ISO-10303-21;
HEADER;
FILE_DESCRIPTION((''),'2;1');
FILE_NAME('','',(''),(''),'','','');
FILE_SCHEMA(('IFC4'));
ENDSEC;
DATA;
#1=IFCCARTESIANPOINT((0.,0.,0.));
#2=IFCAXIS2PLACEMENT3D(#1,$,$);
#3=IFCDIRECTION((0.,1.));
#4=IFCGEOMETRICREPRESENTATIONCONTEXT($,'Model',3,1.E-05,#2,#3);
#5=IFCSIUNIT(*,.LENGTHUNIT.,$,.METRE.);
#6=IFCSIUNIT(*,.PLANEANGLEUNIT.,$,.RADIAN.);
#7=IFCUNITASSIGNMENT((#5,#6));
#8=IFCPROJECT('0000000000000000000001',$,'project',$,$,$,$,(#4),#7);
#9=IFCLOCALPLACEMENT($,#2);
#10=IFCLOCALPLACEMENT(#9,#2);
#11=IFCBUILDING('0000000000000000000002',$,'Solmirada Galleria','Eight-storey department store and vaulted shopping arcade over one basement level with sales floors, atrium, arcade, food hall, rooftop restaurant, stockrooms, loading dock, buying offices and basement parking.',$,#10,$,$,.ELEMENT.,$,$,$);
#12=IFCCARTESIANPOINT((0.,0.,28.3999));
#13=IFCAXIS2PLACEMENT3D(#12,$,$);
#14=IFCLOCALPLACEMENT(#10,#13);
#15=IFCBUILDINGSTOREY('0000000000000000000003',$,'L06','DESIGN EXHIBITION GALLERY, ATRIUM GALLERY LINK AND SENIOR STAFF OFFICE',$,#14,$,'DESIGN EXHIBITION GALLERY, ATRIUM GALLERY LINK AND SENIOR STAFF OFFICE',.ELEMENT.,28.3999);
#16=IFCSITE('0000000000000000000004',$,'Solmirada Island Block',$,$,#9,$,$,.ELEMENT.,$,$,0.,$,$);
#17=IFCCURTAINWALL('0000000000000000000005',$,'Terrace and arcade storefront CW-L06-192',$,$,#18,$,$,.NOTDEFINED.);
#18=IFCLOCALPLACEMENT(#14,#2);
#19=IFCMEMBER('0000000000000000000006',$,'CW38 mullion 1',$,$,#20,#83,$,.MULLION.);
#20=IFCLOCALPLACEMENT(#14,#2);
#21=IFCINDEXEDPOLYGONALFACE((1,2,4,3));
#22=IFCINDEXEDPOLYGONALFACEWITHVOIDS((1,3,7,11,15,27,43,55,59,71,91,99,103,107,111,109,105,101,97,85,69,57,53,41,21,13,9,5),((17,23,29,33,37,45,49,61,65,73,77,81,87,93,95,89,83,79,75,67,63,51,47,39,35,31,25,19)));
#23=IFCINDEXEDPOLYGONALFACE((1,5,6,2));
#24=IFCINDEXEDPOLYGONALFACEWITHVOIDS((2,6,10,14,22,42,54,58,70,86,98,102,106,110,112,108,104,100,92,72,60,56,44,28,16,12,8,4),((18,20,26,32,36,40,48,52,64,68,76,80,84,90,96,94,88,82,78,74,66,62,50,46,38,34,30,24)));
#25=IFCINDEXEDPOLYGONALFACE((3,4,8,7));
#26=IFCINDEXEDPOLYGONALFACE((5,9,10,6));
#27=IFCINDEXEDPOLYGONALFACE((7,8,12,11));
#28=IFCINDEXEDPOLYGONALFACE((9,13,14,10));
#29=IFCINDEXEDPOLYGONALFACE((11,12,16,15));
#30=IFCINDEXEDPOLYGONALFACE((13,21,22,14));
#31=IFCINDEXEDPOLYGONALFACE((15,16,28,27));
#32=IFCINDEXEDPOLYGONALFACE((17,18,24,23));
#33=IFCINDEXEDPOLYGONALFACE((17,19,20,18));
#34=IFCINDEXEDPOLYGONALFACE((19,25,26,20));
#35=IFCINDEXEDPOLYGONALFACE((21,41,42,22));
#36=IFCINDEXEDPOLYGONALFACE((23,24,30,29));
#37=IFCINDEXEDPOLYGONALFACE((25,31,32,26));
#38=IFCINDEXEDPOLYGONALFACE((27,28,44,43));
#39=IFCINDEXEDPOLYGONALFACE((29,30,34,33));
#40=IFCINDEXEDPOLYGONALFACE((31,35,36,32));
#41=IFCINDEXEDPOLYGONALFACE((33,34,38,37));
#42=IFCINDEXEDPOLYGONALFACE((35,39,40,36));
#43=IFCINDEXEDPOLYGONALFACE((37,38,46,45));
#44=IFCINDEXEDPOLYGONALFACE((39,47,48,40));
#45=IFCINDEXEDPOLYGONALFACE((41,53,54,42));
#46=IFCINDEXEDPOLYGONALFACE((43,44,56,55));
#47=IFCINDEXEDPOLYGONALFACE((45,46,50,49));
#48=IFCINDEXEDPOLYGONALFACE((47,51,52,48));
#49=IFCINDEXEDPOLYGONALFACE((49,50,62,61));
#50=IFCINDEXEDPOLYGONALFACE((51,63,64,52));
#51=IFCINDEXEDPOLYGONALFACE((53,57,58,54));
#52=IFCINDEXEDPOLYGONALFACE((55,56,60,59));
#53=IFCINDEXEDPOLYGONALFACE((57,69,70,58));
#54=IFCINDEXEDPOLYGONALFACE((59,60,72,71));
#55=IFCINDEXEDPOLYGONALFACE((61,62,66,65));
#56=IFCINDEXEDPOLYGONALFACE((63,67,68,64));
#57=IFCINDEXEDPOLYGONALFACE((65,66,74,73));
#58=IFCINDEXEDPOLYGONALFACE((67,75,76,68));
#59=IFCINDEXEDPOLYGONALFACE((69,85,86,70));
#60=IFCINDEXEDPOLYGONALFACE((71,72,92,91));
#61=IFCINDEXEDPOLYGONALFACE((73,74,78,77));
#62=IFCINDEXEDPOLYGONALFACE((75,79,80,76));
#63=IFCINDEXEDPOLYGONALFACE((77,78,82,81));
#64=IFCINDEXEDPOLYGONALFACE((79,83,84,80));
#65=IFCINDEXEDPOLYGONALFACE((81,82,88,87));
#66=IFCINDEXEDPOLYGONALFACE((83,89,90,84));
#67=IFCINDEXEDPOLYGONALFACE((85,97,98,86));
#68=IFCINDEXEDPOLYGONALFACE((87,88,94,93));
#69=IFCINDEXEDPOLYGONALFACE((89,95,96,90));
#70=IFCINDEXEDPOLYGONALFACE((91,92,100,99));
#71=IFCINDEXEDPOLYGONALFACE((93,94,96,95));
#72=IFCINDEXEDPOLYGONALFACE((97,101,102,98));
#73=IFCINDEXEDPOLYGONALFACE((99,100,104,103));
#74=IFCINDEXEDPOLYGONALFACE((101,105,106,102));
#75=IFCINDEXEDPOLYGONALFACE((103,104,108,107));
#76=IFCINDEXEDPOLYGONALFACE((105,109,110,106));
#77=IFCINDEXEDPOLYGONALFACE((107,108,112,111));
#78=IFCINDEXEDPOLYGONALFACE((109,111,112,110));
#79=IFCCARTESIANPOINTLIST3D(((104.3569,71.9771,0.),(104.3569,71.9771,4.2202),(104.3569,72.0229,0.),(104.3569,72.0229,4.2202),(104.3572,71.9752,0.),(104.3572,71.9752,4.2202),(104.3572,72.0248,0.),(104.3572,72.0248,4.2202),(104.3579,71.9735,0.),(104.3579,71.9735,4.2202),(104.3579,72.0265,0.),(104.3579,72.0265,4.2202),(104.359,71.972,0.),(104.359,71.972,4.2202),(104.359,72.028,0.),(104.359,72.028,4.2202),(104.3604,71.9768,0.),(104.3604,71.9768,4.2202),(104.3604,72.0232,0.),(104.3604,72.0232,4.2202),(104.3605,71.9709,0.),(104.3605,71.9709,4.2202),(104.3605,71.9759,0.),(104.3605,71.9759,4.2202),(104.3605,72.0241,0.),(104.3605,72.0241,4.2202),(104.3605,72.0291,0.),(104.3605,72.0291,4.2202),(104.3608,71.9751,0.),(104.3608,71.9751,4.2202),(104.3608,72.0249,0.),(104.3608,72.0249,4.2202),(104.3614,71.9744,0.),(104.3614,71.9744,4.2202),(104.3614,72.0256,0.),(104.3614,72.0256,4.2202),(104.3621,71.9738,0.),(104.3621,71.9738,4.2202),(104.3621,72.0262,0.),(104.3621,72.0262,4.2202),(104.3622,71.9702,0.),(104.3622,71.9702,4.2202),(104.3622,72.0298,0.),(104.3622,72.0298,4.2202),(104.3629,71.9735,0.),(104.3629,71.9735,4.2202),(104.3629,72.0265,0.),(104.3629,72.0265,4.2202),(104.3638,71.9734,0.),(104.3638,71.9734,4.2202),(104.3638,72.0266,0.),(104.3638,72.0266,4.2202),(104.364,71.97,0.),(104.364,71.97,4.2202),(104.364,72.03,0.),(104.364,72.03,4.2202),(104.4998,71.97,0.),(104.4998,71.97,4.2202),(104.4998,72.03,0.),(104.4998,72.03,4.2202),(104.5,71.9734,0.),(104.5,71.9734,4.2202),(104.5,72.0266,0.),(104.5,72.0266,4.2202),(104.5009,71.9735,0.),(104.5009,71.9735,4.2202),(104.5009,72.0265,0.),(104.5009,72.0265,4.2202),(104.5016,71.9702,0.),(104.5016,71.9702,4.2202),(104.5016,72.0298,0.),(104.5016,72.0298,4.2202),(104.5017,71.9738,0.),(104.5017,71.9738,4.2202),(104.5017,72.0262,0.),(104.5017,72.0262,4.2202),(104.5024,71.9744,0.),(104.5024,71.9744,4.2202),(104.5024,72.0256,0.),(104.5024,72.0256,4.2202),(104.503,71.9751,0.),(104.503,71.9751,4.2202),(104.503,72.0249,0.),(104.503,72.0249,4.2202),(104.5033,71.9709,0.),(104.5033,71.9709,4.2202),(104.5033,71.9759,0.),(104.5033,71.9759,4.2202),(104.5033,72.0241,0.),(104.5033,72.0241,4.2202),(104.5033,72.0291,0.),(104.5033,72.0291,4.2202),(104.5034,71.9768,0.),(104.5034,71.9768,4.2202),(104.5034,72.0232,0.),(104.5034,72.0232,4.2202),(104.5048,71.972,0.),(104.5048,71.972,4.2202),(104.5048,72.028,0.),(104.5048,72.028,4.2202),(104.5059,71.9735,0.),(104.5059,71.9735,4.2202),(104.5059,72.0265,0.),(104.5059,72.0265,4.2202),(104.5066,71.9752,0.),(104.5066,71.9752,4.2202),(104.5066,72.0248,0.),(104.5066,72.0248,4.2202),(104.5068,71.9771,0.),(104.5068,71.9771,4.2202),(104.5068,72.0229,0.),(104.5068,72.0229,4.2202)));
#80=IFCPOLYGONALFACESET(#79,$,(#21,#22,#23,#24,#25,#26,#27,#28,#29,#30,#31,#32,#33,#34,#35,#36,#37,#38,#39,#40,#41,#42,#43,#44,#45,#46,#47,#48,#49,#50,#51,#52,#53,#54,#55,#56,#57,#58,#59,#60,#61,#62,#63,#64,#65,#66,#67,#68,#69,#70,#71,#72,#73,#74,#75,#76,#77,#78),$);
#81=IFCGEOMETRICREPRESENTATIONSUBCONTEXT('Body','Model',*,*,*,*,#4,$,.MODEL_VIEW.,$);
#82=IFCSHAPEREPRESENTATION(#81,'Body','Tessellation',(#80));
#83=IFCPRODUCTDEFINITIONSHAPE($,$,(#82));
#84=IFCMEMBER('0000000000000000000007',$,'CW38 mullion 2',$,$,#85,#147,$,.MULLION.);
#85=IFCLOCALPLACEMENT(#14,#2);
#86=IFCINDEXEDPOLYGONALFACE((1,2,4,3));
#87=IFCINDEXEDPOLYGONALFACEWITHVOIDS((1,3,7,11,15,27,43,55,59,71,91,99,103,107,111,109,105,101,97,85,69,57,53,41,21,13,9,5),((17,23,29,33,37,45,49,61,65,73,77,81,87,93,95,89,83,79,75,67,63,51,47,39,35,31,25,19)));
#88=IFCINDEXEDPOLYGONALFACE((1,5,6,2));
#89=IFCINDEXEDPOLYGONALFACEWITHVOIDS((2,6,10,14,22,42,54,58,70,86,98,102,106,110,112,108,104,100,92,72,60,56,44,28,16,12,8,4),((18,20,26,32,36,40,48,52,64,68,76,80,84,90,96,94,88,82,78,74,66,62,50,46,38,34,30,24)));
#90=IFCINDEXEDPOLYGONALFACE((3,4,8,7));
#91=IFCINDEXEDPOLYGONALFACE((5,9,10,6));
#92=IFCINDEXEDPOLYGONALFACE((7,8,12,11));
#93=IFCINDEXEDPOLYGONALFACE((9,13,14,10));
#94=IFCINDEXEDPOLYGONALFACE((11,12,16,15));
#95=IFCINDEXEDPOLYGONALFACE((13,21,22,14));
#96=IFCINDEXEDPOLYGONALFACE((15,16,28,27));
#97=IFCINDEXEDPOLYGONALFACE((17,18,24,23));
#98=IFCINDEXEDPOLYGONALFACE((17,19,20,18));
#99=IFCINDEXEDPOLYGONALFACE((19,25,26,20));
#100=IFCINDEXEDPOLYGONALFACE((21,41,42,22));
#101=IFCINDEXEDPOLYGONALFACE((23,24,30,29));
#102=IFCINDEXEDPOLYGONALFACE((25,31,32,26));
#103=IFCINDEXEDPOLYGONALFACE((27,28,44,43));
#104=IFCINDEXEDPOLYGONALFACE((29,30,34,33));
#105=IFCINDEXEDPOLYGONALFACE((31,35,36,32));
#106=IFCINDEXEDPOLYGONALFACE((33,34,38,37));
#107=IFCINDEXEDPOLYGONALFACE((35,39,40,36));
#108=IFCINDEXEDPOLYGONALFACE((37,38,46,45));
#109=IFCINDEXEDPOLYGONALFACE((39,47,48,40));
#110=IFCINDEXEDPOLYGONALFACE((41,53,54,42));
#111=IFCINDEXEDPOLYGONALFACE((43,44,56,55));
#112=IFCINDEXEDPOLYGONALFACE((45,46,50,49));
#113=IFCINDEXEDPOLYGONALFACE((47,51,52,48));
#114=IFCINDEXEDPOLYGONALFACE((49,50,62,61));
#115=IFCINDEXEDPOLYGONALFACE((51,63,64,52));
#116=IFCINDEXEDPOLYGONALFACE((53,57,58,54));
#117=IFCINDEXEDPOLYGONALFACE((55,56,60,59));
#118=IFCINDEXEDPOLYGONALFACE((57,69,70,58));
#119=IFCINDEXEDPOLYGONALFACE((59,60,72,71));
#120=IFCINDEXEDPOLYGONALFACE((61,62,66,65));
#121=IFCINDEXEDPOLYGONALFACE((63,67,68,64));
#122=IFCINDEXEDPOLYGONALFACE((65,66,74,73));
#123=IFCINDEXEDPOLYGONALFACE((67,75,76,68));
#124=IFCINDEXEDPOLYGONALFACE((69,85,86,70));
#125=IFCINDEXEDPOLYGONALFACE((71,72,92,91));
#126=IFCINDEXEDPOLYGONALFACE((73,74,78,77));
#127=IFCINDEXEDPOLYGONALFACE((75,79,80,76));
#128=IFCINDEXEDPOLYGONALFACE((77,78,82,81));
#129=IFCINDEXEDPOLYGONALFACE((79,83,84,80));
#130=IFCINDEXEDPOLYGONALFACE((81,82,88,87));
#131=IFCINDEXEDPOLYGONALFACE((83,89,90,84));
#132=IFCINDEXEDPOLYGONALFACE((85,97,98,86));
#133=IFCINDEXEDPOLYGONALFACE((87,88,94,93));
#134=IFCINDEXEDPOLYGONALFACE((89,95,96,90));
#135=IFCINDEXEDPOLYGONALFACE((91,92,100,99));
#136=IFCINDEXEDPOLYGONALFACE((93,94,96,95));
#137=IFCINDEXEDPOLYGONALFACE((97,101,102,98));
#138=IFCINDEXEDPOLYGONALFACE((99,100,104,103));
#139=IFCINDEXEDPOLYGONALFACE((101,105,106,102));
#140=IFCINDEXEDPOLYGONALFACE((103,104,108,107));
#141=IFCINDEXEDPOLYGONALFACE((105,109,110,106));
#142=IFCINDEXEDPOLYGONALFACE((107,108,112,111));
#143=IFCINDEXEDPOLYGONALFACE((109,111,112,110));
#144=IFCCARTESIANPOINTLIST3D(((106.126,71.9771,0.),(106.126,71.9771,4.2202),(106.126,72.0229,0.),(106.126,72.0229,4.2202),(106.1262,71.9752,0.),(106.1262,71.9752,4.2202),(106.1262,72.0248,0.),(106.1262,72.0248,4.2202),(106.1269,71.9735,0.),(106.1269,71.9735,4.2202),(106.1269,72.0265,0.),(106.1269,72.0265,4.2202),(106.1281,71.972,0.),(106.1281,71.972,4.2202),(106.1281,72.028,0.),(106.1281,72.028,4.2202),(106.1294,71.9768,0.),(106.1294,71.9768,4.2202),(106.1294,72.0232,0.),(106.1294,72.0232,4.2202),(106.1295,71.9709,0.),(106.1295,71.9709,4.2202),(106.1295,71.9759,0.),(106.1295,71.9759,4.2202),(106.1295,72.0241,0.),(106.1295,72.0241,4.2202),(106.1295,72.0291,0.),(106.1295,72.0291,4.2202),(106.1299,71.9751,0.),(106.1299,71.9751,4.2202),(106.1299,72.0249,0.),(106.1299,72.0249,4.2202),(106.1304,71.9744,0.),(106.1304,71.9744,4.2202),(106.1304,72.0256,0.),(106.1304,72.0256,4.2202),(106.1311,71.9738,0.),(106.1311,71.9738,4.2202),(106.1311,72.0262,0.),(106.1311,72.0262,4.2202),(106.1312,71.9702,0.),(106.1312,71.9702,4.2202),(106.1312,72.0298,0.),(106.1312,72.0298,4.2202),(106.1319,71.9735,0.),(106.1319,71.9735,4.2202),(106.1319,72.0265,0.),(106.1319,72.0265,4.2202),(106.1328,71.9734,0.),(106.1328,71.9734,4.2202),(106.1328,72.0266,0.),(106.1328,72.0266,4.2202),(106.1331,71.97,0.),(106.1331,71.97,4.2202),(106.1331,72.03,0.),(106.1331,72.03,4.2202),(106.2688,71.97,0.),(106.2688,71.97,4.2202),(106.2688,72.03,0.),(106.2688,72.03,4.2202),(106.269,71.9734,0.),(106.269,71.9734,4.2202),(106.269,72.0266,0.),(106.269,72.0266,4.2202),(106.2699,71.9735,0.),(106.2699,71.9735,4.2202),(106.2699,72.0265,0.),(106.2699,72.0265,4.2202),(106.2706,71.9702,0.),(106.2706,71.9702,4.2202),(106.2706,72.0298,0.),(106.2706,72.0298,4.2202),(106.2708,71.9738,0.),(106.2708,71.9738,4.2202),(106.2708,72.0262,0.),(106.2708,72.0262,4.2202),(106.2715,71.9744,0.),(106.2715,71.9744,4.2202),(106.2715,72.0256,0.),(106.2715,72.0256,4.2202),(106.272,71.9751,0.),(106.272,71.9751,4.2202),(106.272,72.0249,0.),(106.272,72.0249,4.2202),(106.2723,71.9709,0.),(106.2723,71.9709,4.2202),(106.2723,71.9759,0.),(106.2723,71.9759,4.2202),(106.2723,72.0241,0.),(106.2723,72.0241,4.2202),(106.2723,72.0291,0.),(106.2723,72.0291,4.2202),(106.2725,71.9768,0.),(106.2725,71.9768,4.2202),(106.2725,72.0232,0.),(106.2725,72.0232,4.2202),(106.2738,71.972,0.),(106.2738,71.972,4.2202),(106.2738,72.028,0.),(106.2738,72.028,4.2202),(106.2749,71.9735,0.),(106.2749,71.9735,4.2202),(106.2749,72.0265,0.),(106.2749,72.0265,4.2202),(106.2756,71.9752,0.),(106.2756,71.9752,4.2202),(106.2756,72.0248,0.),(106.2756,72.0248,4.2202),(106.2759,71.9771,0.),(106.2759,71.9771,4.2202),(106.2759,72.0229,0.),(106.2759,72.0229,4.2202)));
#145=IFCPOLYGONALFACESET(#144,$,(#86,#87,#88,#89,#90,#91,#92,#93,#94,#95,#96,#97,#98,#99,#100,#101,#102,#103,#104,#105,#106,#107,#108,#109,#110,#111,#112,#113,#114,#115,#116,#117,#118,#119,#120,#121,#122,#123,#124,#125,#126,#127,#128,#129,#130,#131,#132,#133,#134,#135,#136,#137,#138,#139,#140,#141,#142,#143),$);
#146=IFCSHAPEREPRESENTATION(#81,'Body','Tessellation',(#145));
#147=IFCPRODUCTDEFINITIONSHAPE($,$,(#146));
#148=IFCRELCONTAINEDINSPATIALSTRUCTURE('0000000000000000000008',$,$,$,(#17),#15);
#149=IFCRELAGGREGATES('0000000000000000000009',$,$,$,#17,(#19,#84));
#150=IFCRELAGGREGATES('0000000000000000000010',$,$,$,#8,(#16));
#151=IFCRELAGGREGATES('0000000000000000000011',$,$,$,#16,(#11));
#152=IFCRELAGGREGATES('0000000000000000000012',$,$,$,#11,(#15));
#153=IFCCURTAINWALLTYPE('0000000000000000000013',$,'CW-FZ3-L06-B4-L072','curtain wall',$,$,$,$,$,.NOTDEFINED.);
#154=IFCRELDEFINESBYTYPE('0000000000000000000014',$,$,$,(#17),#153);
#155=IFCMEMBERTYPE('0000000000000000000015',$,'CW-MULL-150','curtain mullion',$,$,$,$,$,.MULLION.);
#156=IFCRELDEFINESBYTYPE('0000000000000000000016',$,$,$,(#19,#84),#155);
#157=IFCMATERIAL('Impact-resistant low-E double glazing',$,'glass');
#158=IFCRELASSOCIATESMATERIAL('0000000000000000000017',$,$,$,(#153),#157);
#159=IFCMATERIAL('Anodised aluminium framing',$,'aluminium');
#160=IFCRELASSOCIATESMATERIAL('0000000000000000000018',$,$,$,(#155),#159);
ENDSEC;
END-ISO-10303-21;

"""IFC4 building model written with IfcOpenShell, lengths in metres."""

from ifc_helpers import new_model, si_unit, direction, frame, origin, origin_2d, place, context, subcontext, project, spatial, hollow_rectangle, extrude, material, material_profile, profile_set, type_object, element, aggregate, save


model = new_model("IFC4")

# Units and contexts
model_context = context("Model", 3, precision=1e-05, world=origin(), true_north=direction((0.0, 1.0)))
body_context = subcontext(model_context, "Body", "Model", "MODEL_VIEW")
ifc_project = project(units=[si_unit("LENGTHUNIT", "METRE"), si_unit("PLANEANGLEUNIT", "RADIAN")], contexts=[model_context])

# Site, building, storey
site_placement = place(None, origin())
site = spatial("IfcSite", under=ifc_project, at=site_placement, Name="Solmirada Island Block", CompositionType="ELEMENT", RefElevation=0.0)
building_placement = place(site_placement, origin())
building = spatial("IfcBuilding", under=site, at=building_placement, Name="Solmirada Galleria", Description="Eight-storey department store and vaulted shopping arcade over one basement level with sales floors, atrium, arcade, food hall, rooftop restaurant, stockrooms, loading dock, buying offices and basement parking.", CompositionType="ELEMENT")
storey_placement = place(building_placement, frame((0.0, 0.0, 28.3999)))
storey = spatial("IfcBuildingStorey", under=building, at=storey_placement, Name="L06", Description="DESIGN EXHIBITION GALLERY, ATRIUM GALLERY LINK AND SENIOR STAFF OFFICE", LongName="DESIGN EXHIBITION GALLERY, ATRIUM GALLERY LINK AND SENIOR STAFF OFFICE", CompositionType="ELEMENT", Elevation=28.3999)

# Curtain wall, members
ifc_material_1 = material(Name="Impact-resistant low-E double glazing", Category="glass")
curtain_wall_type = type_object("IfcCurtainWallType", Name="CW-FZ3-L06-B4-L072", Description="curtain wall", PredefinedType="NOTDEFINED", material=ifc_material_1)
ifc_material_2 = material(Name="Anodised aluminium framing", Category="aluminium")
ifc_material_profile_1 = material_profile(ifc_material_2, hollow_rectangle(XDim=0.0601, YDim=0.1499, WallThickness=0.0034, InnerFilletRadius=0.0034, OuterFilletRadius=0.0071, at=origin_2d()), Name="ALU-MULL-150X60")
ifc_profile_set_1 = profile_set([ifc_material_profile_1], Name="Anodised aluminium framing")
member_type_1 = type_object("IfcMemberType", Name="CW-MULL-150", Description="curtain mullion", PredefinedType="MULLION", material=ifc_profile_set_1)
curtain_wall_1_placement = place(storey_placement, origin())
curtain_wall_1 = element("IfcCurtainWall", 1, at=curtain_wall_1_placement, inside=storey, type_object=curtain_wall_type, Name="Terrace and arcade storefront CW-L06-192", PredefinedType="NOTDEFINED")
member_1_placement = place(storey_placement, frame((104.4319, 72.0, 0.0), z_axis=(0.0, 0.0, 1.0), x_axis=(0.0, 1.0, 0.0)))
member_1 = element("IfcMember", 2, at=member_1_placement, type_object=member_type_1, Name="CW38 mullion 1", PredefinedType="MULLION", context=body_context, shape_type="SweptSolid", body=[
    extrude(hollow_rectangle(XDim=0.0601, YDim=0.1499, WallThickness=0.0034, InnerFilletRadius=0.0034, OuterFilletRadius=0.0071, at=origin_2d()), origin(), (0.0, 0.0, 1.0), 4.2202),
])
member_2_placement = place(storey_placement, frame((106.2009, 72.0, 0.0), z_axis=(0.0, 0.0, 1.0), x_axis=(0.0, 1.0, 0.0)))
member_2 = element("IfcMember", 3, at=member_2_placement, type_object=member_type_1, Name="CW38 mullion 2", PredefinedType="MULLION", context=body_context, shape_type="SweptSolid", body=[
    extrude(hollow_rectangle(XDim=0.0601, YDim=0.1499, WallThickness=0.0034, InnerFilletRadius=0.0034, OuterFilletRadius=0.0071, at=origin_2d()), origin(), (0.0, 0.0, 1.0), 4.2202),
])

aggregate(curtain_wall_1, [member_1, member_2])

save(model, "model.ifc")
